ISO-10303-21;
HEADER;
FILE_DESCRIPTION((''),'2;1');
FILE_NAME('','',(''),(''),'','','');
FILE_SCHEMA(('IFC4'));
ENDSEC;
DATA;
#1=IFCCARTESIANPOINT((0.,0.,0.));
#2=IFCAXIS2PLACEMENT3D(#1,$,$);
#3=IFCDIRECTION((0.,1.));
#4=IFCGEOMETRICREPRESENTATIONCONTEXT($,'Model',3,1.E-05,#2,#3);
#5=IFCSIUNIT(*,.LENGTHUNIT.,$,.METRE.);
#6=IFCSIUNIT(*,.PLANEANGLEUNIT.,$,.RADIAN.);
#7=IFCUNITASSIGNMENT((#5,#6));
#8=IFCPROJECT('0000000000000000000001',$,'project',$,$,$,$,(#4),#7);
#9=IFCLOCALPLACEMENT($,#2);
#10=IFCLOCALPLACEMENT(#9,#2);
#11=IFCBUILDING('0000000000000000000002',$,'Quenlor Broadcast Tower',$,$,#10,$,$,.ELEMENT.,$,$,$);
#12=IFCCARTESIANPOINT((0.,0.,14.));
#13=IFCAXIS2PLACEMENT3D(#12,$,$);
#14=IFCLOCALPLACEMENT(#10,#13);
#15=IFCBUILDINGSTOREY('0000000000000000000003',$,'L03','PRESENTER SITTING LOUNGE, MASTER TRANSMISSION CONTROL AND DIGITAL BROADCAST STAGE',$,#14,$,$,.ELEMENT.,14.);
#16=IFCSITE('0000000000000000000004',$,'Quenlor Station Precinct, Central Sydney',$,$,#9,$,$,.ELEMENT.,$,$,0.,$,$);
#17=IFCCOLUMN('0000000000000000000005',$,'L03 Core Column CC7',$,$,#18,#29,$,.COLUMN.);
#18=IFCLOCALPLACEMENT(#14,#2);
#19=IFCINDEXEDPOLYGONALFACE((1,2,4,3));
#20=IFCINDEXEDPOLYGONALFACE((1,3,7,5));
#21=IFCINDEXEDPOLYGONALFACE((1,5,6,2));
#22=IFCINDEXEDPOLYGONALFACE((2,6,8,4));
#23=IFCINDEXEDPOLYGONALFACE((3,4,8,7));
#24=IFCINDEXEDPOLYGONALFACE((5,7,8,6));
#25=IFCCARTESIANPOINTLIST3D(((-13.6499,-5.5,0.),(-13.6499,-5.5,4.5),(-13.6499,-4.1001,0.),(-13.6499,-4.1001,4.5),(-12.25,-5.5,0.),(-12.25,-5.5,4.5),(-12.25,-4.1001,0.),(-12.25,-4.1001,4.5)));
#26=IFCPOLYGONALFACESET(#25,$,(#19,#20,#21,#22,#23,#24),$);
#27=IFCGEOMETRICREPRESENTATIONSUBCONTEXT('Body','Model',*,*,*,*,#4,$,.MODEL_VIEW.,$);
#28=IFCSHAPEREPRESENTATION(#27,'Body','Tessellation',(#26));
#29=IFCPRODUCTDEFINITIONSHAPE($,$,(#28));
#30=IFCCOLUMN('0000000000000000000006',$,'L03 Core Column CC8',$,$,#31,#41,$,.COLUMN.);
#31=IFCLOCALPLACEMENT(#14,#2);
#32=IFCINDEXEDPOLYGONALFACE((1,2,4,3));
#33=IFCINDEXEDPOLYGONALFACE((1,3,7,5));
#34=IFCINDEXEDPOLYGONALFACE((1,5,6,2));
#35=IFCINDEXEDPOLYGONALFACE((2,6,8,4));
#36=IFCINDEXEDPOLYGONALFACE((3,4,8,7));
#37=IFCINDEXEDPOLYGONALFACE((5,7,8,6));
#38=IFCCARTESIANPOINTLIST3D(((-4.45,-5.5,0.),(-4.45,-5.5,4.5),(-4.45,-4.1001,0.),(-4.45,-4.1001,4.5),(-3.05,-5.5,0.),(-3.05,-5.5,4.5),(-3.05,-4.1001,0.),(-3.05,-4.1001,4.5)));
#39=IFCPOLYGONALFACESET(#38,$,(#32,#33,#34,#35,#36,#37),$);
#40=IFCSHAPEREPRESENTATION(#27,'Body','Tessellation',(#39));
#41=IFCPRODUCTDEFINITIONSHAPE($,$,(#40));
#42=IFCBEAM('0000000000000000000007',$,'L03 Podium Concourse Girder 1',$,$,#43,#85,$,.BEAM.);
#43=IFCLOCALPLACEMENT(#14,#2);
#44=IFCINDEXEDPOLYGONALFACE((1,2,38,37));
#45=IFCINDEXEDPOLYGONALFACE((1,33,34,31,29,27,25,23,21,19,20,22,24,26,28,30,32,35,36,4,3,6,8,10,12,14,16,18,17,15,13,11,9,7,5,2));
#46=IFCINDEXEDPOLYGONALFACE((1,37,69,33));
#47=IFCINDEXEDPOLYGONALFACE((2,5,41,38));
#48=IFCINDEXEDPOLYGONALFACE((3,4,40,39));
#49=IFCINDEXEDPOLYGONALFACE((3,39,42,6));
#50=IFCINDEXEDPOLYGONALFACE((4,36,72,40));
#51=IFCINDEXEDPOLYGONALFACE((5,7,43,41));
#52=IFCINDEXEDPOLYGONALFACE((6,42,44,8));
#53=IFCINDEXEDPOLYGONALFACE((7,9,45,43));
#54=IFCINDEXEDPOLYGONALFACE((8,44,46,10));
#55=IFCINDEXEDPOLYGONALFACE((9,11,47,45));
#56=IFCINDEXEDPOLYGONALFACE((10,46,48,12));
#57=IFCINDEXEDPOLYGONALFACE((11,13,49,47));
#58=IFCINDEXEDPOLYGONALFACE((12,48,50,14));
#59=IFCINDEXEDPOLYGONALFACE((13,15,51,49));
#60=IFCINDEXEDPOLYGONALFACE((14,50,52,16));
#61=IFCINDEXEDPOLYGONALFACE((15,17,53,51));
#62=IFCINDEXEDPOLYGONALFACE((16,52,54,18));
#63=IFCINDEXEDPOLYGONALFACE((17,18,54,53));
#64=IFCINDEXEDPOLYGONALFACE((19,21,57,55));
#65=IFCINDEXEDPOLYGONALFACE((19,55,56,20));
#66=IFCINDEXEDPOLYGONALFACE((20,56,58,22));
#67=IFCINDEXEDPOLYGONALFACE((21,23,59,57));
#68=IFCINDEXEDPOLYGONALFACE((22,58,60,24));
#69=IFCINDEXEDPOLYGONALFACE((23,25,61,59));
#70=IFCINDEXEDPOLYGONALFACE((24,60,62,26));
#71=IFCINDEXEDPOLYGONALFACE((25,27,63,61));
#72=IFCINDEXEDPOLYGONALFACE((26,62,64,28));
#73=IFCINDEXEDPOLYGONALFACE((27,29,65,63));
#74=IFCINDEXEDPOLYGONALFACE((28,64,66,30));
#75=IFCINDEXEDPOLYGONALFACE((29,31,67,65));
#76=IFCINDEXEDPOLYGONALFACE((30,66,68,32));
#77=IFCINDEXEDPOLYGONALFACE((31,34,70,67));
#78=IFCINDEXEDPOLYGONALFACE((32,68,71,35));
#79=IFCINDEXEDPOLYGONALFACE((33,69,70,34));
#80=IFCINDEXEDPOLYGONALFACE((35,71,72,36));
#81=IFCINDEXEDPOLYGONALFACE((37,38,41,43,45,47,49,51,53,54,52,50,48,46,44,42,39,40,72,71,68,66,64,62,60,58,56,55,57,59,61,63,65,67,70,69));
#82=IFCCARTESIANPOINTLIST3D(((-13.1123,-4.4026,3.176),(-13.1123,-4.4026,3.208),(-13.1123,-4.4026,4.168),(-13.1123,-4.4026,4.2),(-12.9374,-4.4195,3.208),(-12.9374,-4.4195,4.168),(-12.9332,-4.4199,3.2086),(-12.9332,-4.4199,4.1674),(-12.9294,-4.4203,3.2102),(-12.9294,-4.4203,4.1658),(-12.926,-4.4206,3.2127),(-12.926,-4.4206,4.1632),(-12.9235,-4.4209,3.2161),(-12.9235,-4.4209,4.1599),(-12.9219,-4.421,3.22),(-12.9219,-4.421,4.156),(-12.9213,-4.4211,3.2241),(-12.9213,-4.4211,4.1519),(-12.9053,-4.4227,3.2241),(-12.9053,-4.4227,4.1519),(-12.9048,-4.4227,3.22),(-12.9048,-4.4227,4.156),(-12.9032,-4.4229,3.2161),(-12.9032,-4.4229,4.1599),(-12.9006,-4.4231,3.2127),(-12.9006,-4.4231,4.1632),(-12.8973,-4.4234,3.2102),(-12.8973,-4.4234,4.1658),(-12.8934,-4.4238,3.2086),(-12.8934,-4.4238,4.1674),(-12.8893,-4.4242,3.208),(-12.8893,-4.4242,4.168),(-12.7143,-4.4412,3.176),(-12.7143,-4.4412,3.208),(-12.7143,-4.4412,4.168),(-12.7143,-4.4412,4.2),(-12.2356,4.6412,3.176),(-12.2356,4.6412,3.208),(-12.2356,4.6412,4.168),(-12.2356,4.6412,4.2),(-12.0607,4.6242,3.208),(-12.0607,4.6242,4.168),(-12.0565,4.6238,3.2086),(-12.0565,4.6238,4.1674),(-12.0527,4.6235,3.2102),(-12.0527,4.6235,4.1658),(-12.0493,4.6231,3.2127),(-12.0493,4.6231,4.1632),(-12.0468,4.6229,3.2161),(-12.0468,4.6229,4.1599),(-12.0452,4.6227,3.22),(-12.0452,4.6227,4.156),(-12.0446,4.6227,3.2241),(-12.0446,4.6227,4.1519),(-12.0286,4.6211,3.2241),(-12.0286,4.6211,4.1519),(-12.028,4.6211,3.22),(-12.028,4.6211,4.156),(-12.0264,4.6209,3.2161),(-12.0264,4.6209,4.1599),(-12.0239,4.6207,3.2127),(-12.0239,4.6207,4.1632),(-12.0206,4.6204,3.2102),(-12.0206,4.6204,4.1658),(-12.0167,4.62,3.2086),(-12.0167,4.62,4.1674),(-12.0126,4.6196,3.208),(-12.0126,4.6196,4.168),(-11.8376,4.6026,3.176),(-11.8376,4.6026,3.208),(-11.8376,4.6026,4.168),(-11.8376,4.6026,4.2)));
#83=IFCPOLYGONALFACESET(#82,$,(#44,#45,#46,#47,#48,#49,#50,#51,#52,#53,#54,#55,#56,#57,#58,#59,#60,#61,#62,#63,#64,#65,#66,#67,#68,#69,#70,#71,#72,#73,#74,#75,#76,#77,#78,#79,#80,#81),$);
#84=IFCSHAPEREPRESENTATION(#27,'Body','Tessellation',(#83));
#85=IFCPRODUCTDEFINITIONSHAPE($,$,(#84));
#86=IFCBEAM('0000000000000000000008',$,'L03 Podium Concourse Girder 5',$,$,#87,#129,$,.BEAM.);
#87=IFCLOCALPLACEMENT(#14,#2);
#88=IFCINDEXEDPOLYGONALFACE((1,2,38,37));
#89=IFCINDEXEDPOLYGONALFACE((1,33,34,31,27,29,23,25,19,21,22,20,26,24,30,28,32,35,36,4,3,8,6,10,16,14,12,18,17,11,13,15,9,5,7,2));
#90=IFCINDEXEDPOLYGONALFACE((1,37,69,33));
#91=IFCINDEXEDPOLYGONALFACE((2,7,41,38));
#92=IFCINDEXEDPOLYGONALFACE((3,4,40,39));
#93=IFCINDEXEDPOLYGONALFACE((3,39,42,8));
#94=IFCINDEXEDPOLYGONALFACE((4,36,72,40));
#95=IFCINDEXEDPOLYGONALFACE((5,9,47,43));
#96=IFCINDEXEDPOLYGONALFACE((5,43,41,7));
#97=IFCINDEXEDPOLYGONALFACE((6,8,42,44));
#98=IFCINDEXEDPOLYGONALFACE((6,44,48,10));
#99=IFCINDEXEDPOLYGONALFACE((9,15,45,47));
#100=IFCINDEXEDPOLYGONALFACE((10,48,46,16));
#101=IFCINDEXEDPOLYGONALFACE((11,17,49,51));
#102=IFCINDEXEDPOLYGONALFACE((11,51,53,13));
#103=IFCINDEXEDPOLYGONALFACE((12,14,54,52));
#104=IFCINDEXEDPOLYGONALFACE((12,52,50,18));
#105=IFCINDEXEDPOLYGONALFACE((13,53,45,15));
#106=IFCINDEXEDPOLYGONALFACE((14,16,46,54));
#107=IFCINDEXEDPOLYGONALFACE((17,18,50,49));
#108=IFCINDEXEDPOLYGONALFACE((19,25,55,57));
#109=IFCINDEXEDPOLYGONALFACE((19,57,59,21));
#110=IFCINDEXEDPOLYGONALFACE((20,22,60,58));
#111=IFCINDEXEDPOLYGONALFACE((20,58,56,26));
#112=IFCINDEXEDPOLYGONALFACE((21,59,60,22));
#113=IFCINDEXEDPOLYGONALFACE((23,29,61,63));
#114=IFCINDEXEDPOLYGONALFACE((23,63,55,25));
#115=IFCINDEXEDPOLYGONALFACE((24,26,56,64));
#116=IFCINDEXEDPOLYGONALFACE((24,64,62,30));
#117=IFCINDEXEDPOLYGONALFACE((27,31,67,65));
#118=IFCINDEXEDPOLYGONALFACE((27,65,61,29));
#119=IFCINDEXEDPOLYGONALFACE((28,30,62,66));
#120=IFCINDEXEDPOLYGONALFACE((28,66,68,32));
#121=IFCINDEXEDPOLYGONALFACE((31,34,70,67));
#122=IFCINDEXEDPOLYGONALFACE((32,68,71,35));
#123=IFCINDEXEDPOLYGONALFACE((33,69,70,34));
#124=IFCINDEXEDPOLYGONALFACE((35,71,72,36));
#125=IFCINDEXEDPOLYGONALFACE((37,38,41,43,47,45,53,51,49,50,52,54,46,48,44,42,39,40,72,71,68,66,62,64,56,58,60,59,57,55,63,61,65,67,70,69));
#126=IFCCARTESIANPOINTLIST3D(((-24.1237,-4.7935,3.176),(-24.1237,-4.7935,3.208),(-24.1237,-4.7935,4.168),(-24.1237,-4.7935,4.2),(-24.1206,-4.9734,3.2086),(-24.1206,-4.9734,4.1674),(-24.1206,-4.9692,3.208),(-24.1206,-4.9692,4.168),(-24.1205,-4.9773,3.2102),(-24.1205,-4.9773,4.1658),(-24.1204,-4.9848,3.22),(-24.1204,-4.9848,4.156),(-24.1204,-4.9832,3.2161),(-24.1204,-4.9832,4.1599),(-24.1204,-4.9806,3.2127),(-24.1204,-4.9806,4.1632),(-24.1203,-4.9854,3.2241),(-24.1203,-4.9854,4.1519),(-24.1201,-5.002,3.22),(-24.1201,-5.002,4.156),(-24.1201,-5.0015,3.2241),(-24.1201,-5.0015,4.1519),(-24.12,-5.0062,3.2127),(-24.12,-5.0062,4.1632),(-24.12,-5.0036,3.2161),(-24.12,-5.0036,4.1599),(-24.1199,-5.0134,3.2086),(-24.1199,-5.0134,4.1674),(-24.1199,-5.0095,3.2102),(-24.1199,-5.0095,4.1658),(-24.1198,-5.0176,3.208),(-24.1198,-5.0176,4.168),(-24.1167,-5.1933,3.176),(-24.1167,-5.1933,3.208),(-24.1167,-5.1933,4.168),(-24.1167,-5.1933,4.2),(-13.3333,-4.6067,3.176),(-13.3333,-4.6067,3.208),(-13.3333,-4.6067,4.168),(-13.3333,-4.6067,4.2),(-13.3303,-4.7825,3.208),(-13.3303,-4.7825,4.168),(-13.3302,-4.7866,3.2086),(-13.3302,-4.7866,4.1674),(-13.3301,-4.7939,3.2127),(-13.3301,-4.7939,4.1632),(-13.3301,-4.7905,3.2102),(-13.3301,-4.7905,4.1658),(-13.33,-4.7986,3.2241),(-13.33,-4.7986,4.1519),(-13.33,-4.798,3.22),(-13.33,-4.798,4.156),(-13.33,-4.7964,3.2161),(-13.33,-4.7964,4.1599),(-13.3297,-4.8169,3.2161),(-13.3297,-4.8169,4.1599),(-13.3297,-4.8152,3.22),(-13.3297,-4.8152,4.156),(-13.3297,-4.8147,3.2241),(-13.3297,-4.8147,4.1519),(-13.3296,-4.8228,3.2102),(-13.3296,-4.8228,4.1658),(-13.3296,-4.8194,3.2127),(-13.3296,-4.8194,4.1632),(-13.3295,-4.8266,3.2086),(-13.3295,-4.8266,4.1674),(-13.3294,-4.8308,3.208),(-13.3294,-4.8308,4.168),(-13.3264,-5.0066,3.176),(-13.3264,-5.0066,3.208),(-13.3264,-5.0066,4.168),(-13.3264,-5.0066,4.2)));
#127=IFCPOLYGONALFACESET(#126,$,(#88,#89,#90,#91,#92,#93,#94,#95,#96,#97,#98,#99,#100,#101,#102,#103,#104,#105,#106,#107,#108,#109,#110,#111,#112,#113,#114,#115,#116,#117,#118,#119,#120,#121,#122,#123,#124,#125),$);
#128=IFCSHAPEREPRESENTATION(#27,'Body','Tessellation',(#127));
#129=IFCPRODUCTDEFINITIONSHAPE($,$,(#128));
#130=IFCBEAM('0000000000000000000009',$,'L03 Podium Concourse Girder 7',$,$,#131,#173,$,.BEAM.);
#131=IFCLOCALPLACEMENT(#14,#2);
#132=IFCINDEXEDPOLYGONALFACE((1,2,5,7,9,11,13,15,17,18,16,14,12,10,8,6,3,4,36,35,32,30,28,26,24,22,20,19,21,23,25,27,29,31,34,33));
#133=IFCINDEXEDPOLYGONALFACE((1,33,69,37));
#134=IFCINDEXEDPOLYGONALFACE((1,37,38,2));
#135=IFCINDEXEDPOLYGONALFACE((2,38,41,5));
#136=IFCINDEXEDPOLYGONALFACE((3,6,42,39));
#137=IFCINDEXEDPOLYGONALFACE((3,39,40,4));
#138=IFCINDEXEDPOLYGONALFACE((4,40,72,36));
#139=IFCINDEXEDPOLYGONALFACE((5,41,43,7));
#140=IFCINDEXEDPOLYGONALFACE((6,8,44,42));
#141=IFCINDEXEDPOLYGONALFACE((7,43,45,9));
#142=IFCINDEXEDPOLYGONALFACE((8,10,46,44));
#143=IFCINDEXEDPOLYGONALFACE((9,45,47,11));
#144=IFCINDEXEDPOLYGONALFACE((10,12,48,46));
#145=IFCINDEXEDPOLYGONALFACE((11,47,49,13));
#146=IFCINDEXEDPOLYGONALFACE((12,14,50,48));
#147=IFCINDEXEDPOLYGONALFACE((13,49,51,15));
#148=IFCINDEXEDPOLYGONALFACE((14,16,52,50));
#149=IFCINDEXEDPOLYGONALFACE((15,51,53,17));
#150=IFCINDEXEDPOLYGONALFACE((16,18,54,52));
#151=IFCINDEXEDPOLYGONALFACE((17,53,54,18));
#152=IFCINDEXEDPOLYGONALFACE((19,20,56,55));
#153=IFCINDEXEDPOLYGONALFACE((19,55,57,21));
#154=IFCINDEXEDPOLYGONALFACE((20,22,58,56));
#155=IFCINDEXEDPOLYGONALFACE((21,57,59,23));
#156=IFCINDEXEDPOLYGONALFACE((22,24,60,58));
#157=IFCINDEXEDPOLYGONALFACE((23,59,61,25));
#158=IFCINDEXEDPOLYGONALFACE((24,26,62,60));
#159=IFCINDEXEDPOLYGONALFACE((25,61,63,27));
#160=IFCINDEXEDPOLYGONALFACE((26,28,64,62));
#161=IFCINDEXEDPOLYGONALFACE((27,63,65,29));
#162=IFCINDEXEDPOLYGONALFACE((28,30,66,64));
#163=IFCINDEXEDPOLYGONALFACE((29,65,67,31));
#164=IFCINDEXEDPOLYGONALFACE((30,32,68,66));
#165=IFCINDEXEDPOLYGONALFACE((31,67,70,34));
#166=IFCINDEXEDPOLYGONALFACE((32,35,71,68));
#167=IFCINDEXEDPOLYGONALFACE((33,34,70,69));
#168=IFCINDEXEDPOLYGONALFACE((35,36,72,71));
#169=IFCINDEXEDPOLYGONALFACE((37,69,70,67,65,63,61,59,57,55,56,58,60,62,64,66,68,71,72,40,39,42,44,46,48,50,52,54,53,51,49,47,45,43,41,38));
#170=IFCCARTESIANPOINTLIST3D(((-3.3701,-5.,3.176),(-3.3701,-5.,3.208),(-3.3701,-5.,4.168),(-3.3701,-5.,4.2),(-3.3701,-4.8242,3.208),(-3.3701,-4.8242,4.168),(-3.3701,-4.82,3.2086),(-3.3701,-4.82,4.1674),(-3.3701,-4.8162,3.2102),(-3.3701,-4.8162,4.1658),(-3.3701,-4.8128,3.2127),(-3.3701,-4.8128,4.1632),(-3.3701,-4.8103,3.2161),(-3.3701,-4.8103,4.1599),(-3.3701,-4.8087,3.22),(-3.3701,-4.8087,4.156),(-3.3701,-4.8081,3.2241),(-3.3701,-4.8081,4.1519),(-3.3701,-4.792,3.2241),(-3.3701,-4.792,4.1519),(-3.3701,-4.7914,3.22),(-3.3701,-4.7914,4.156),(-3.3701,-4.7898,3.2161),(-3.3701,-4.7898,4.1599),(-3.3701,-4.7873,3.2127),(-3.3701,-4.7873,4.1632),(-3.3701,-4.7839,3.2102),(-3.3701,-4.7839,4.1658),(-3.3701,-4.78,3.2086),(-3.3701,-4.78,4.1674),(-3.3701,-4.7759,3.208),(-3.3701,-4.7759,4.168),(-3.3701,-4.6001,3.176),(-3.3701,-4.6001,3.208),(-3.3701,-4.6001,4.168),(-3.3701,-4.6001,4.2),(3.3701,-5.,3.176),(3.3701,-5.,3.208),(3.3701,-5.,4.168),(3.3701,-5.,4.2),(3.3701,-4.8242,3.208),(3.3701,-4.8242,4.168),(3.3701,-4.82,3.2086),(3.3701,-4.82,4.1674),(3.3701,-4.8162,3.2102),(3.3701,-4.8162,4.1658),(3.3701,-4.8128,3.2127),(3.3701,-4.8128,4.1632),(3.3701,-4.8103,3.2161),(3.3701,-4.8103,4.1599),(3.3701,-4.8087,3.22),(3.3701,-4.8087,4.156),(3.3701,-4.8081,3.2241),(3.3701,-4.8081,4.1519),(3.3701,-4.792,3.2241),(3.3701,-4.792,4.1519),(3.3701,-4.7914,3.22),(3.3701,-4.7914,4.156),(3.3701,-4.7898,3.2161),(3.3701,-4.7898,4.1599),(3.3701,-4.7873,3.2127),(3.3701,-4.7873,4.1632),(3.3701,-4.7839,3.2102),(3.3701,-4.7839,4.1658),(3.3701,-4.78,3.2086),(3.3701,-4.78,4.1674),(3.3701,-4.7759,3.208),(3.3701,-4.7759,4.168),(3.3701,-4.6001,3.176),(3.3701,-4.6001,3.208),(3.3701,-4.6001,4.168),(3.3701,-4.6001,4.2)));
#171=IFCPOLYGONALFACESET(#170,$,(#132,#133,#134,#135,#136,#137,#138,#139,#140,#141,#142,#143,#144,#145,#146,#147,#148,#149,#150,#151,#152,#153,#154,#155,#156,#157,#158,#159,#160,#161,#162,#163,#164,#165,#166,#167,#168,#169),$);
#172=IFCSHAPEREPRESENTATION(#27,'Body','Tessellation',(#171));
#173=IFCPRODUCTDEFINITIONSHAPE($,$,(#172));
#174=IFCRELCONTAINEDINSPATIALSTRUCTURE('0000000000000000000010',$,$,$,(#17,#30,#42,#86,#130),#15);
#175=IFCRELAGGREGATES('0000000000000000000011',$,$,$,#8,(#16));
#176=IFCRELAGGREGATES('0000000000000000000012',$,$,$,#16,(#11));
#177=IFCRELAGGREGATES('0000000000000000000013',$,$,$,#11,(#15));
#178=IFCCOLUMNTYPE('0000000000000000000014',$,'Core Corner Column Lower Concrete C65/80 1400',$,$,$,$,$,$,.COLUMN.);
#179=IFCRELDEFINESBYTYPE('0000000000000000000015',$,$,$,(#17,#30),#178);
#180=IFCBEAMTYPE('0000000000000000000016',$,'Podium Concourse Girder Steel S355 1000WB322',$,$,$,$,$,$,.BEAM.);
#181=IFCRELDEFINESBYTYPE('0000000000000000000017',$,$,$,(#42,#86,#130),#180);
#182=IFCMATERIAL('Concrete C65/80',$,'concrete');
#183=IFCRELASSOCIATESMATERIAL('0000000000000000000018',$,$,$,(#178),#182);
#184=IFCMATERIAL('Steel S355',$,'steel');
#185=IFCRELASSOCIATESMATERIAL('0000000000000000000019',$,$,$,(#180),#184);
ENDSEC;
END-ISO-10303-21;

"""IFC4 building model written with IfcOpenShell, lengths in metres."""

from ifc_helpers import new_model, si_unit, direction, frame, origin, origin_2d, place, context, subcontext, project, spatial, rectangle, i_section, extrude, material, material_profile, profile_set, type_object, element, save


model = new_model("IFC4")

# Units and contexts
model_context = context("Model", 3, precision=1e-05, world=origin(), true_north=direction((0.0, 1.0)))
body_context = subcontext(model_context, "Body", "Model", "MODEL_VIEW")
ifc_project = project(units=[si_unit("LENGTHUNIT", "METRE"), si_unit("PLANEANGLEUNIT", "RADIAN")], contexts=[model_context])

# Site, building, storey
site_placement = place(None, origin())
site = spatial("IfcSite", under=ifc_project, at=site_placement, Name="Quenlor Station Precinct, Central Sydney", CompositionType="ELEMENT", RefElevation=0.0)
building_placement = place(site_placement, origin())
building = spatial("IfcBuilding", under=site, at=building_placement, Name="Quenlor Broadcast Tower", CompositionType="ELEMENT")
storey_placement = place(building_placement, frame((0.0, 0.0, 14.0)))
storey = spatial("IfcBuildingStorey", under=building, at=storey_placement, Name="L03", Description="PRESENTER SITTING LOUNGE, MASTER TRANSMISSION CONTROL AND DIGITAL BROADCAST STAGE", CompositionType="ELEMENT", Elevation=14.0)

# Columns
ifc_material_1 = material(Name="Concrete C65/80", Category="concrete")
ifc_material_profile_1 = material_profile(ifc_material_1, rectangle(XDim=1.3999, YDim=1.3999, at=origin_2d()))
ifc_profile_set_1 = profile_set([ifc_material_profile_1], Name="Concrete C65/80 RC1400x1400")
column_type = type_object("IfcColumnType", Name="Core Corner Column Lower Concrete C65/80 1400", PredefinedType="COLUMN", material=ifc_profile_set_1)
for number, where, z_axis, x_axis, name in (
    (1, (-12.95, -4.8, 0.0), (0.0, 0.0, 1.0), (1.0, 0.0, 0.0), "L03 Core Column CC7"),
    (2, (-3.75, -4.8, 0.0), (0.0, 0.0, 1.0), (1.0, 0.0, 0.0), "L03 Core Column CC8"),
):
    element("IfcColumn", number, at=place(storey_placement, frame(where, z_axis=z_axis, x_axis=x_axis)), inside=storey, type_object=column_type, Name=name, PredefinedType="COLUMN", context=body_context, shape_type="SweptSolid", body=[
        extrude(rectangle(XDim=1.3999, YDim=1.3999, at=origin_2d()), origin(), (0.0, 0.0, 1.0), 4.5),
    ])

# Beams
ifc_material_2 = material(Name="Steel S355", Category="steel")
ifc_material_profile_2 = material_profile(ifc_material_2, i_section(OverallWidth=0.3999, OverallDepth=1.0239, WebThickness=0.0161, FlangeThickness=0.032, FilletRadius=0.0161, at=origin_2d()))
ifc_profile_set_2 = profile_set([ifc_material_profile_2], Name="Steel S355 1000WB322")
beam_type_1 = type_object("IfcBeamType", Name="Podium Concourse Girder Steel S355 1000WB322", PredefinedType="BEAM", material=ifc_profile_set_2)
beam_1_placement = place(storey_placement, frame((-12.9133, -4.4219, 3.688), z_axis=(0.096489, 0.995334, 0.0), x_axis=(-0.995334, 0.096489, 0.0)))
element("IfcBeam", 3, at=beam_1_placement, inside=storey, type_object=beam_type_1, Name="L03 Podium Concourse Girder 1", PredefinedType="BEAM", context=body_context, shape_type="SweptSolid", body=[
    extrude(i_section(OverallWidth=0.3999, OverallDepth=1.0239, WebThickness=0.0161, FlangeThickness=0.032, FilletRadius=0.0161, at=origin_2d()), origin(), (0.0, 0.0, 1.0), 9.0862),
])
beam_2_placement = place(storey_placement, frame((-13.3298, -4.8066, 3.688), z_axis=(-0.99985, -0.017306, 0.0), x_axis=(0.017306, -0.99985, 0.0)))
element("IfcBeam", 4, at=beam_2_placement, inside=storey, type_object=beam_type_1, Name="L03 Podium Concourse Girder 5", PredefinedType="BEAM", context=body_context, shape_type="SweptSolid", body=[
    extrude(i_section(OverallWidth=0.3999, OverallDepth=1.0239, WebThickness=0.0161, FlangeThickness=0.032, FilletRadius=0.0161, at=origin_2d()), origin(), (0.0, 0.0, 1.0), 10.792),
])
beam_3_placement = place(storey_placement, frame((-3.3701, -4.8, 3.688), z_axis=(1.0, 0.0, 0.0), x_axis=(0.0, 1.0, 0.0)))
element("IfcBeam", 5, at=beam_3_placement, inside=storey, type_object=beam_type_1, Name="L03 Podium Concourse Girder 7", PredefinedType="BEAM", context=body_context, shape_type="SweptSolid", body=[
    extrude(i_section(OverallWidth=0.3999, OverallDepth=1.0239, WebThickness=0.0161, FlangeThickness=0.032, FilletRadius=0.0161, at=origin_2d()), origin(), (0.0, 0.0, 1.0), 6.7402),
])

save(model, "model.ifc")
